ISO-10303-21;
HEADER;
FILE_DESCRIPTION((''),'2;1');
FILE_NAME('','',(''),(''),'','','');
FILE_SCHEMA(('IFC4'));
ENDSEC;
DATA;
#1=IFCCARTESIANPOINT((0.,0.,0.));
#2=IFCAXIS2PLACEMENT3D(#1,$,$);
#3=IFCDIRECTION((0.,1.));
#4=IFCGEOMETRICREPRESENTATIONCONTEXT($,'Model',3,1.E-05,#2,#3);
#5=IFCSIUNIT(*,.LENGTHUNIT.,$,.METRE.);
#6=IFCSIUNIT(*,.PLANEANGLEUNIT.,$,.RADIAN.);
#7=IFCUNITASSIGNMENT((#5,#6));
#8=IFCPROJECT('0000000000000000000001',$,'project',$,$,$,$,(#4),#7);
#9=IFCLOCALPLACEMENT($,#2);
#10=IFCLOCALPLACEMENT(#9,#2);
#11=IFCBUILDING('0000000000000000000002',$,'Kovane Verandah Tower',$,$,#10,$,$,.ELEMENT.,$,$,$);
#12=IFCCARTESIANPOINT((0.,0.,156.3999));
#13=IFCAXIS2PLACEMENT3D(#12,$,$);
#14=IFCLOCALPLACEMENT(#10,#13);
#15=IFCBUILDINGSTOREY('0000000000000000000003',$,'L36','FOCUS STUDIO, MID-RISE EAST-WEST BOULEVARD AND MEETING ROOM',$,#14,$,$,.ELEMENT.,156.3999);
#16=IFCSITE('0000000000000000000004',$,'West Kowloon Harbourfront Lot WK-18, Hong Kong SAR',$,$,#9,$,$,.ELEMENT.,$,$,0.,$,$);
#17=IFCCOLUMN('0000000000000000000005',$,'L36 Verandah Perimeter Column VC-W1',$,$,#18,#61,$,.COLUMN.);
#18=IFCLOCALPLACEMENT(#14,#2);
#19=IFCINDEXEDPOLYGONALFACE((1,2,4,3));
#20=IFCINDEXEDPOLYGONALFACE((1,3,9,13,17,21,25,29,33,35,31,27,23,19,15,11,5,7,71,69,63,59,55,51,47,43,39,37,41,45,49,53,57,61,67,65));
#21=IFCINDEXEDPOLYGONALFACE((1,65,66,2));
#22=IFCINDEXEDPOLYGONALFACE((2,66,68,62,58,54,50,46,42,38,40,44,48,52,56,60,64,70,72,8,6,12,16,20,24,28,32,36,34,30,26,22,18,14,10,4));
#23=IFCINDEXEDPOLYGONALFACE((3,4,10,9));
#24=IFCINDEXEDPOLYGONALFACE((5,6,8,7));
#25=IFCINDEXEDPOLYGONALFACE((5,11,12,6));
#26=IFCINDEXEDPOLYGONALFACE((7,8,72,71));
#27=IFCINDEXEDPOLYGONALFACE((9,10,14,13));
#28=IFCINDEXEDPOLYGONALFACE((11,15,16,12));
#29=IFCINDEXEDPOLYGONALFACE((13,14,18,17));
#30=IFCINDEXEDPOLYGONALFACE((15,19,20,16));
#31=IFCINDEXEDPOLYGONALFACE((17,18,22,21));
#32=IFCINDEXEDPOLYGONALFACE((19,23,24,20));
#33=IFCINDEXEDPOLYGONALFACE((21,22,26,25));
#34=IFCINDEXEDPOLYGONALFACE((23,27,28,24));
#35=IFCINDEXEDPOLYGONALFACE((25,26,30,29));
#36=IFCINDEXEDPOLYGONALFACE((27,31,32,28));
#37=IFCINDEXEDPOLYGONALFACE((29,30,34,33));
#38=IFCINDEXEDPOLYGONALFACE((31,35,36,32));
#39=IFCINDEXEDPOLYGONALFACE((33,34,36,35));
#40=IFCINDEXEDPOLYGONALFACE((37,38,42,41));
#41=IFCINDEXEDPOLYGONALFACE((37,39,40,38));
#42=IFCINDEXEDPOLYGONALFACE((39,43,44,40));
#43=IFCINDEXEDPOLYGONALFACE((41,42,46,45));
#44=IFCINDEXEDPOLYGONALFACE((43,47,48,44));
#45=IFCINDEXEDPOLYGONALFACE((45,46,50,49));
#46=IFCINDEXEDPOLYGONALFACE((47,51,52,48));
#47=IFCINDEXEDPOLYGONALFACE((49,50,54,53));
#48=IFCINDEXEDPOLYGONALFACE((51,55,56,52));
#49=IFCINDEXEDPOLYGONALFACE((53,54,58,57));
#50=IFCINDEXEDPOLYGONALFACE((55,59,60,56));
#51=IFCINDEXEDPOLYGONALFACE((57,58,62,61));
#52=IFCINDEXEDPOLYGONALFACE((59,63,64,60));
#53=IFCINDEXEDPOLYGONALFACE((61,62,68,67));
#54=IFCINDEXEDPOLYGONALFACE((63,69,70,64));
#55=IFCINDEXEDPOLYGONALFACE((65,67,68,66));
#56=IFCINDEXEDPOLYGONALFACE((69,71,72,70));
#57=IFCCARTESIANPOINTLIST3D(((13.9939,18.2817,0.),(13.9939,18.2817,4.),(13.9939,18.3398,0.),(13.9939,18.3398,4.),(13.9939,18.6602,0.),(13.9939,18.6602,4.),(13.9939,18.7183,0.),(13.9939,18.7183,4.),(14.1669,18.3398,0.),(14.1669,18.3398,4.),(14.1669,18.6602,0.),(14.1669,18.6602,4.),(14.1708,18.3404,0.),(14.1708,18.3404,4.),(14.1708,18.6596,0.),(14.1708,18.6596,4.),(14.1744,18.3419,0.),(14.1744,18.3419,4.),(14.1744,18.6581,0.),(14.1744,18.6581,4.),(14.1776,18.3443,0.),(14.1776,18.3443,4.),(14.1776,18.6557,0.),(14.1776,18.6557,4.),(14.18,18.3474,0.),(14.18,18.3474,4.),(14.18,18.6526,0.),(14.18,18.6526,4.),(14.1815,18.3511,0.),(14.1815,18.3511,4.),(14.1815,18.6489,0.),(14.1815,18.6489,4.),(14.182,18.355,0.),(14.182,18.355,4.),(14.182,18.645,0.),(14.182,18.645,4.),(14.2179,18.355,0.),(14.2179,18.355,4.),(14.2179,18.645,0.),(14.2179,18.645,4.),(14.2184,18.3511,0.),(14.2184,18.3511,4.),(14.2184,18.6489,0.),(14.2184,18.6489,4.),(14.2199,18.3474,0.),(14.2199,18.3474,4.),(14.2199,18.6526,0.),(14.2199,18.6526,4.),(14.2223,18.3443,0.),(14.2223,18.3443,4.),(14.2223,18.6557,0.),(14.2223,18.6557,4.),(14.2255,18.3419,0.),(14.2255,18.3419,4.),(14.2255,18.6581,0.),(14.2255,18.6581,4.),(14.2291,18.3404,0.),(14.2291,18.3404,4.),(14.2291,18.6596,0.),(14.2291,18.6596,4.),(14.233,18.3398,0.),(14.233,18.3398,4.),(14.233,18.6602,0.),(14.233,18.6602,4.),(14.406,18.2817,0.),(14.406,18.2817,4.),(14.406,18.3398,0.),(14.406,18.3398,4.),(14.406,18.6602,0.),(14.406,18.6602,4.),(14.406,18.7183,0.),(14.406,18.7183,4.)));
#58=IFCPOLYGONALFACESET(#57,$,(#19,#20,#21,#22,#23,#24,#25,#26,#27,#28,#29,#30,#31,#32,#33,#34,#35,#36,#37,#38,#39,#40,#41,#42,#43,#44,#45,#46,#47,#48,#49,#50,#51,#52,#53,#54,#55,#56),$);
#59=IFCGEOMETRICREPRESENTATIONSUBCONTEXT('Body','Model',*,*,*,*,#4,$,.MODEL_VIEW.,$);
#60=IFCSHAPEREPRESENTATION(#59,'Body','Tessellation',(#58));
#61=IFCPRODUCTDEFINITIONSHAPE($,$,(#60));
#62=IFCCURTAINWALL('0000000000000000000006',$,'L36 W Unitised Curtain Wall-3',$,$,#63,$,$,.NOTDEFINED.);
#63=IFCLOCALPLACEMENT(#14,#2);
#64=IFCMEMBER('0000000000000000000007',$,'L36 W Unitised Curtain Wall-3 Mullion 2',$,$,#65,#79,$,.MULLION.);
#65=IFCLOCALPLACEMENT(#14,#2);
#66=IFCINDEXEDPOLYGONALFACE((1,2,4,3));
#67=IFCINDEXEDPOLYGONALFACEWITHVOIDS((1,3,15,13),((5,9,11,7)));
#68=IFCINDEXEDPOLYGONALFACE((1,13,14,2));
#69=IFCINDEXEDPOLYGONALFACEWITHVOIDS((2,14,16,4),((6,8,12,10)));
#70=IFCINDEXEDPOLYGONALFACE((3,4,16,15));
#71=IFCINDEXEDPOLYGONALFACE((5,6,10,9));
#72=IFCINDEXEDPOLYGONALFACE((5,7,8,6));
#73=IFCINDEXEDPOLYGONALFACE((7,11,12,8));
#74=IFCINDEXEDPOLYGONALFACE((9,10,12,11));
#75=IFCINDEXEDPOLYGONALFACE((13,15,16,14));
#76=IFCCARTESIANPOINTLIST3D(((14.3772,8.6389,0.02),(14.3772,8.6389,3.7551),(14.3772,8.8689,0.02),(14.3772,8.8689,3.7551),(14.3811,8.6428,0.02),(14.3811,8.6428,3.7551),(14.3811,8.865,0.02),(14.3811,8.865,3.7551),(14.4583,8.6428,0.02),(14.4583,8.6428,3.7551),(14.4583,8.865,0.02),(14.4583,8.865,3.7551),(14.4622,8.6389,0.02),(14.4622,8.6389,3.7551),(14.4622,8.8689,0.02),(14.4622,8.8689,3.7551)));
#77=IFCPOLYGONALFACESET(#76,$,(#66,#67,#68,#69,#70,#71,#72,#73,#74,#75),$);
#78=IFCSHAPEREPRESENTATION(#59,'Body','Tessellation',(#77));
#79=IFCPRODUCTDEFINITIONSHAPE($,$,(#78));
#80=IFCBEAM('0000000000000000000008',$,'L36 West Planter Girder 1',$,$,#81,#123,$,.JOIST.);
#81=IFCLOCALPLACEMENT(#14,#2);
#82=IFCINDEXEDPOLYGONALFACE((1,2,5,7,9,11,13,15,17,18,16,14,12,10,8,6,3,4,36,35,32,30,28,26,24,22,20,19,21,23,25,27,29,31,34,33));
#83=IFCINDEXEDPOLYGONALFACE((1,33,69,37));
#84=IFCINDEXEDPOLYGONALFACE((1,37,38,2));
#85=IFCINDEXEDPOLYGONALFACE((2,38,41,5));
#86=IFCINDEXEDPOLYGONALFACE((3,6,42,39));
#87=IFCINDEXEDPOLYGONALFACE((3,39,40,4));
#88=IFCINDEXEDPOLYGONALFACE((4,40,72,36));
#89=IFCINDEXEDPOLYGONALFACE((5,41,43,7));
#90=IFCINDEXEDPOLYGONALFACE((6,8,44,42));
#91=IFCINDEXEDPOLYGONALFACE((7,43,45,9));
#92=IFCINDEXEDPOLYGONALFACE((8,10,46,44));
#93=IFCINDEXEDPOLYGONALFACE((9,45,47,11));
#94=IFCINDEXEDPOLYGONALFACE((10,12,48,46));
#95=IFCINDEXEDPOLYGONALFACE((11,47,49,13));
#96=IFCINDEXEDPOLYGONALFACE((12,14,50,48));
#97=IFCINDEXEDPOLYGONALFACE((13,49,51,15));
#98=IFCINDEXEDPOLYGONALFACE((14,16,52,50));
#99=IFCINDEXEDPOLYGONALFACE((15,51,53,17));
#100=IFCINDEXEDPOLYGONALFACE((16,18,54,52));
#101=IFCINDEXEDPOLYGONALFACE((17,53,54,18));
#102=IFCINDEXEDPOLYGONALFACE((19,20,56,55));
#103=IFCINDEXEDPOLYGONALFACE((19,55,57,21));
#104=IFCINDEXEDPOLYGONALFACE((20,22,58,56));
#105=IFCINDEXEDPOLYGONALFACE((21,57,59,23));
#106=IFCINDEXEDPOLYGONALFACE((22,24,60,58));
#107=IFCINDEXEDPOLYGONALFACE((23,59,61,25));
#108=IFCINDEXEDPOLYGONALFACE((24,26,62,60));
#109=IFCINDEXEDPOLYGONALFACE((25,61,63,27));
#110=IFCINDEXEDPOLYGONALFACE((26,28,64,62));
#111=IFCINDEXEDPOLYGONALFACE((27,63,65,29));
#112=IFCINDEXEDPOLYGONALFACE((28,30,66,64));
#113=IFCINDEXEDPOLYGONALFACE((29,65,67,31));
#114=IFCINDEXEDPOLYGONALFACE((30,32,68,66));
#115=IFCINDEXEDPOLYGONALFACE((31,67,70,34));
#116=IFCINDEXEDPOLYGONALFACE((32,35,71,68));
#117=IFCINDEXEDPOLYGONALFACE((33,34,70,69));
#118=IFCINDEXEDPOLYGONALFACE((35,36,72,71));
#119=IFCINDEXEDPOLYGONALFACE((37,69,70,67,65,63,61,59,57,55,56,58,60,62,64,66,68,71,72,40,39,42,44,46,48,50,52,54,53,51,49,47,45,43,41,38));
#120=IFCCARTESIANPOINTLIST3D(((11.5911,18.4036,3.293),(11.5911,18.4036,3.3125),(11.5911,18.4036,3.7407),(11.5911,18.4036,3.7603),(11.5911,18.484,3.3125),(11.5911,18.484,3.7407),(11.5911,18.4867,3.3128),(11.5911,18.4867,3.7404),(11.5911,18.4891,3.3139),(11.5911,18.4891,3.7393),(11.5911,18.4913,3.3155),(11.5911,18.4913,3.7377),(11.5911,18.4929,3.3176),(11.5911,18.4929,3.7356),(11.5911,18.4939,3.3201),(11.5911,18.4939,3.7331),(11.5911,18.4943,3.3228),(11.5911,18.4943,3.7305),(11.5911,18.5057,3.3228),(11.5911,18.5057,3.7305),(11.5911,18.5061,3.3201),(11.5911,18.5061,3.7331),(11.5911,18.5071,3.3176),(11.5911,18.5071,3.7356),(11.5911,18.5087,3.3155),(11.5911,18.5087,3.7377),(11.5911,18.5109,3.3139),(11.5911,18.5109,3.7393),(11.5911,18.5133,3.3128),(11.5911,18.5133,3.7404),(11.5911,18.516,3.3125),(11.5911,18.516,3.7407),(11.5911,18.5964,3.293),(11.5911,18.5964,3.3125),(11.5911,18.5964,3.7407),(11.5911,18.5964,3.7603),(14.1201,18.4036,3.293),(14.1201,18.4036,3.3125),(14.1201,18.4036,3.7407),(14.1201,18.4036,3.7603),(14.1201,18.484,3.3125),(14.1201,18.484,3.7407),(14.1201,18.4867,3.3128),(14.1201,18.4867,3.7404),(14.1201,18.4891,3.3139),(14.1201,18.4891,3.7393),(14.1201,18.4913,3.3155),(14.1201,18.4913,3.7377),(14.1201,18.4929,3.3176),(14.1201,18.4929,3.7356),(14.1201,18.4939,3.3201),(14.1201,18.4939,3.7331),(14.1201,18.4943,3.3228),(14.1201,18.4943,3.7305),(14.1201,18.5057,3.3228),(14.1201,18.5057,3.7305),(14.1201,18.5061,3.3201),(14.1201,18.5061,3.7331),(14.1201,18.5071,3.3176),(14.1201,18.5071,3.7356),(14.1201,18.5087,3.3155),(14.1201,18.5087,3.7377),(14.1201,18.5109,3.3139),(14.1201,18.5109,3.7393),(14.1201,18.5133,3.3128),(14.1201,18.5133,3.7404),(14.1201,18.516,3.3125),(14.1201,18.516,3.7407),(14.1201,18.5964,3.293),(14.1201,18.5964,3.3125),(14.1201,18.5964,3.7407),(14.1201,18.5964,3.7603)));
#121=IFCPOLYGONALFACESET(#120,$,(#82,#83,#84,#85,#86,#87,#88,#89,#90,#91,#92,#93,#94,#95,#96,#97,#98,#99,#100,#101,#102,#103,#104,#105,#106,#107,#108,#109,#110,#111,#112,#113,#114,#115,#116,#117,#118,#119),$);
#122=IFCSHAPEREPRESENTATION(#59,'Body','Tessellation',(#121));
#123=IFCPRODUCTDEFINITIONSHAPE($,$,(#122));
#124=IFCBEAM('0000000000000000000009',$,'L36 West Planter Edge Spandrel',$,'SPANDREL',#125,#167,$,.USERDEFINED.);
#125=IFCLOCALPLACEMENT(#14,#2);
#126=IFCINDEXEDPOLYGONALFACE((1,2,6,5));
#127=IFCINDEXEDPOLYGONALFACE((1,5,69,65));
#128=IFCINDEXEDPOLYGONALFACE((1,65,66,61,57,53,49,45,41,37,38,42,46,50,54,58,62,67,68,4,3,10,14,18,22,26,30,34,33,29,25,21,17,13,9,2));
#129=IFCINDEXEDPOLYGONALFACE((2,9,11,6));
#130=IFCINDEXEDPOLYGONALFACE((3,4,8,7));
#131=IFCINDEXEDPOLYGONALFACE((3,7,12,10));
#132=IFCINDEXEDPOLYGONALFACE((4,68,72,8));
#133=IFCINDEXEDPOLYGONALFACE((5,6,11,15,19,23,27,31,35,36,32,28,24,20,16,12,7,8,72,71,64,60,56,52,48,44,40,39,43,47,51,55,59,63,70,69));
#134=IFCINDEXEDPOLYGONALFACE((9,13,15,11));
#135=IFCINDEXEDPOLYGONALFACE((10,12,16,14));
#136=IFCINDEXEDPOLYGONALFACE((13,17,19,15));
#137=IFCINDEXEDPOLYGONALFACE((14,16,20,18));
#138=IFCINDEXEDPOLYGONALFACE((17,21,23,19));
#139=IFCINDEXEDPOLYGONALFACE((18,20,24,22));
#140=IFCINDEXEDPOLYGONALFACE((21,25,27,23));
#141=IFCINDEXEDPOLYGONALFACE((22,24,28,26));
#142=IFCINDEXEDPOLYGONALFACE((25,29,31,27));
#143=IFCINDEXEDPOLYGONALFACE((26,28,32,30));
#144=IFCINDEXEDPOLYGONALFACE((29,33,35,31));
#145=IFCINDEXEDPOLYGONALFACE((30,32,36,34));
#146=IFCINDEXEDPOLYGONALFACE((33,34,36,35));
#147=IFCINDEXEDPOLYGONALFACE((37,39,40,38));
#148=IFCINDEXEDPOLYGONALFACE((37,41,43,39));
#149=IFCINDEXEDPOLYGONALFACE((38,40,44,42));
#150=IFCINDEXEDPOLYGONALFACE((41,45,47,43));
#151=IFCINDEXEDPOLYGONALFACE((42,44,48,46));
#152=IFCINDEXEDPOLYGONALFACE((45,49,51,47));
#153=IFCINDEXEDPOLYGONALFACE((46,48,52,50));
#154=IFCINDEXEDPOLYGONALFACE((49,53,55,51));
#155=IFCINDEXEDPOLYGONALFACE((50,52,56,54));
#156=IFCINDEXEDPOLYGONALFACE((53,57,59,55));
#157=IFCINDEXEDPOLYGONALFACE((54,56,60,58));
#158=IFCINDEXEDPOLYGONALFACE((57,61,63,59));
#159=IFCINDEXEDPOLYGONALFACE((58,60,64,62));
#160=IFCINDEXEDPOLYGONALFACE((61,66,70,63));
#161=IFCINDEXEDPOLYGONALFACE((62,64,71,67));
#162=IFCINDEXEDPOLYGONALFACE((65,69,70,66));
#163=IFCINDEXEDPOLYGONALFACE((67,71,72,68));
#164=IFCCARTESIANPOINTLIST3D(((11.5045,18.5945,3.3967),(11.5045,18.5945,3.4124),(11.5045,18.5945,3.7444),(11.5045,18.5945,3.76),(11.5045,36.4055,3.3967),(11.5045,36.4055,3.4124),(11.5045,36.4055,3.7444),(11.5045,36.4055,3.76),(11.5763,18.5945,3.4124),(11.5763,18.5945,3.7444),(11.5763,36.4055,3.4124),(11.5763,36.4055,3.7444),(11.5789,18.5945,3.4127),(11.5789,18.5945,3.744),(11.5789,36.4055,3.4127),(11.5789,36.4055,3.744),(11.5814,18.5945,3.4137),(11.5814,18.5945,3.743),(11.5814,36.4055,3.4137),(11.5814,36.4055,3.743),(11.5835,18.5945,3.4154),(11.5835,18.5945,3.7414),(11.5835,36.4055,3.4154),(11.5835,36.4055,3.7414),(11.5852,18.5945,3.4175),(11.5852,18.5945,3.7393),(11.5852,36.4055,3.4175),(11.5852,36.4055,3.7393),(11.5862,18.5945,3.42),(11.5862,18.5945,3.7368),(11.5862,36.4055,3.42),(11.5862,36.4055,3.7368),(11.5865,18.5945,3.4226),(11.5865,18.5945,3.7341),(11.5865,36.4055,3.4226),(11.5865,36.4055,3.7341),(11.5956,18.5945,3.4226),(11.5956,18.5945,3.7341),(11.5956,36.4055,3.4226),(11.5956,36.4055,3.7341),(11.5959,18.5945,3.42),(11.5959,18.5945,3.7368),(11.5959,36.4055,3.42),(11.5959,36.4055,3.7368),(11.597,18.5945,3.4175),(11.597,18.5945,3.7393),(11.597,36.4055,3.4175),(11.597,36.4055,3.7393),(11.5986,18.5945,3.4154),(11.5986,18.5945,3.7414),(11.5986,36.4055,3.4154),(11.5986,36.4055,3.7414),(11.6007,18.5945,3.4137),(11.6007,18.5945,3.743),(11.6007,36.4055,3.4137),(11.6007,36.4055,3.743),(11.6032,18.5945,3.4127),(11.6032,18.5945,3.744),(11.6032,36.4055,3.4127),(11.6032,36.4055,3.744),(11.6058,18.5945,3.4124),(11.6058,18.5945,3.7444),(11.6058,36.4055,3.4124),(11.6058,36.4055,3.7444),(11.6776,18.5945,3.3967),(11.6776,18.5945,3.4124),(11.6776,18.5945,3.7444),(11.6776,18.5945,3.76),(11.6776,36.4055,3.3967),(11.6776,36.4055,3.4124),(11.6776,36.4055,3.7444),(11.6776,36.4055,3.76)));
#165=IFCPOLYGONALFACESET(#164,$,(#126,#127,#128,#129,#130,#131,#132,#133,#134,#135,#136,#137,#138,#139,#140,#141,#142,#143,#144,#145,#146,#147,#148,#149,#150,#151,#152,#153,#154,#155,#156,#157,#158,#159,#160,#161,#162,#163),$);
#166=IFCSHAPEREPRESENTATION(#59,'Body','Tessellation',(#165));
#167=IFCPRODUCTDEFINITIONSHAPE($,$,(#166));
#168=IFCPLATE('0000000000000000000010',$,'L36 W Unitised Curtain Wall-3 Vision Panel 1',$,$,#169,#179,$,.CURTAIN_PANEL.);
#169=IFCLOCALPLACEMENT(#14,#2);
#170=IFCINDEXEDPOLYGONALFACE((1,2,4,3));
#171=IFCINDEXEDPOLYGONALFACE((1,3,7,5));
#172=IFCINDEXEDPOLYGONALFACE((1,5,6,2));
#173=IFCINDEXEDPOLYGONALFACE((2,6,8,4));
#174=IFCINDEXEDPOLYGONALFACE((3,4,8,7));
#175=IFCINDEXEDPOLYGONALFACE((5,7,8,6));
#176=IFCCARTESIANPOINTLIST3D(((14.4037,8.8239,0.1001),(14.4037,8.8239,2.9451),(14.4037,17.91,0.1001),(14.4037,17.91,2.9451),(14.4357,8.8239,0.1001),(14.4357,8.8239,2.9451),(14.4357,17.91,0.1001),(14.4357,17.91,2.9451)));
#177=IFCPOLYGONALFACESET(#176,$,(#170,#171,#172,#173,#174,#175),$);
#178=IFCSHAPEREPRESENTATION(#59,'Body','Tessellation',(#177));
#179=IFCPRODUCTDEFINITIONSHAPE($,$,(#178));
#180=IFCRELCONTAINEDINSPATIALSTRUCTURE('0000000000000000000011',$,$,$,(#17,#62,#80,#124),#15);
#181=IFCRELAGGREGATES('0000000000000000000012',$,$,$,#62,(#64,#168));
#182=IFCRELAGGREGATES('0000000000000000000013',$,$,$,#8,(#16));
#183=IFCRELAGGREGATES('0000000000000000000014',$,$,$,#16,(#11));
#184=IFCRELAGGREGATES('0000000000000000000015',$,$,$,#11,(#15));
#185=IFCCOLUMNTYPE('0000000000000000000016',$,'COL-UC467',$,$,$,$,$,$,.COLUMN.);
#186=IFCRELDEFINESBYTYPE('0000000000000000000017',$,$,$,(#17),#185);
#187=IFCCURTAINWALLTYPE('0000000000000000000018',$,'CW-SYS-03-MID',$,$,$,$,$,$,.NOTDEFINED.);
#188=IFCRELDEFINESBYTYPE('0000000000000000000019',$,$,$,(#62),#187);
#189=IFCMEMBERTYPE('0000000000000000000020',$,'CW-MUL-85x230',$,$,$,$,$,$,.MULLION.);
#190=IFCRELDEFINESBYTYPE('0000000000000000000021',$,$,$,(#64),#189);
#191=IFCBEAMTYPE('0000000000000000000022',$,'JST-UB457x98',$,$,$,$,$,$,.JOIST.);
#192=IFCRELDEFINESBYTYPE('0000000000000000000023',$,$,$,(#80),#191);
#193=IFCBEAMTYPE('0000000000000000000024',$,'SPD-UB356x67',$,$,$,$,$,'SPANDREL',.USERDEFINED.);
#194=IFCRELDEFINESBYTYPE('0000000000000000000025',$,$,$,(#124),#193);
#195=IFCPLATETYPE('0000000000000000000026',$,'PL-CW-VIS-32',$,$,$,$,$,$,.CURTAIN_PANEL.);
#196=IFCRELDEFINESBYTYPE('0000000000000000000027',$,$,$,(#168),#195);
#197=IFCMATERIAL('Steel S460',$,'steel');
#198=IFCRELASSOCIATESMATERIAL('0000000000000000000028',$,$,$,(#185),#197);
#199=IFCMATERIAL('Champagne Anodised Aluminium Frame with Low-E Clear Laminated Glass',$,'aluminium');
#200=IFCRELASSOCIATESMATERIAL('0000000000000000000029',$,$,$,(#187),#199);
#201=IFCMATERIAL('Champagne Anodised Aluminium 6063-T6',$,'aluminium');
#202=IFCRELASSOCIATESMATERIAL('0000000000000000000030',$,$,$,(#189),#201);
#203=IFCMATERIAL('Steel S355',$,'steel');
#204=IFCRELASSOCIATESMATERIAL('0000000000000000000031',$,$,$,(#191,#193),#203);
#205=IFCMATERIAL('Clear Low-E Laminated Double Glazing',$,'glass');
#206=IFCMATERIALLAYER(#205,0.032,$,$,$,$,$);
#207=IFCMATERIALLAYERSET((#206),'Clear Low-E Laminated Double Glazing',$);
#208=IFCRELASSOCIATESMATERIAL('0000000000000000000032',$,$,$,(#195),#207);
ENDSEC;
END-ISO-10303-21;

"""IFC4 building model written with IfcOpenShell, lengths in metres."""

from ifc_helpers import new_model, si_unit, direction, frame, origin, origin_2d, place, context, subcontext, project, spatial, rectangle, hollow_rectangle, i_section, extrude, material, layer, layer_set, material_profile, profile_set, type_object, element, aggregate, save


model = new_model("IFC4")

# Units and contexts
model_context = context("Model", 3, precision=1e-05, world=origin(), true_north=direction((0.0, 1.0)))
body_context = subcontext(model_context, "Body", "Model", "MODEL_VIEW")
ifc_project = project(units=[si_unit("LENGTHUNIT", "METRE"), si_unit("PLANEANGLEUNIT", "RADIAN")], contexts=[model_context])

# Site, building, storey
site_placement = place(None, origin())
site = spatial("IfcSite", under=ifc_project, at=site_placement, Name="West Kowloon Harbourfront Lot WK-18, Hong Kong SAR", CompositionType="ELEMENT", RefElevation=0.0)
building_placement = place(site_placement, origin())
building = spatial("IfcBuilding", under=site, at=building_placement, Name="Kovane Verandah Tower", CompositionType="ELEMENT")
storey_placement = place(building_placement, frame((0.0, 0.0, 156.3999)))
storey = spatial("IfcBuildingStorey", under=building, at=storey_placement, Name="L36", Description="FOCUS STUDIO, MID-RISE EAST-WEST BOULEVARD AND MEETING ROOM", CompositionType="ELEMENT", Elevation=156.3999)

# Column
ifc_material_1 = material(Name="Steel S460", Category="steel")
ifc_material_profile_1 = material_profile(ifc_material_1, i_section(OverallWidth=0.4121, OverallDepth=0.4365, WebThickness=0.0359, FlangeThickness=0.0581, FilletRadius=0.0151, at=origin_2d()), Name="UC356x406x467")
ifc_profile_set_1 = profile_set([ifc_material_profile_1], Name="Steel S460")
column_type = type_object("IfcColumnType", Name="COL-UC467", PredefinedType="COLUMN", material=ifc_profile_set_1)
column_placement = place(storey_placement, frame((14.2, 18.5, 0.0), z_axis=(0.0, 0.0, 1.0), x_axis=(1.0, 0.0, 0.0)))
element("IfcColumn", 1, at=column_placement, inside=storey, type_object=column_type, Name="L36 Verandah Perimeter Column VC-W1", PredefinedType="COLUMN", context=body_context, shape_type="SweptSolid", body=[
    extrude(i_section(OverallWidth=0.4121, OverallDepth=0.4365, WebThickness=0.0359, FlangeThickness=0.0581, FilletRadius=0.0151, at=origin_2d()), origin(), (0.0, 0.0, 1.0), 4.0),
])

# Curtain wall, member
ifc_material_2 = material(Name="Champagne Anodised Aluminium Frame with Low-E Clear Laminated Glass", Category="aluminium")
curtain_wall_type = type_object("IfcCurtainWallType", Name="CW-SYS-03-MID", PredefinedType="NOTDEFINED", material=ifc_material_2)
curtain_wall_placement = place(storey_placement, origin())
curtain_wall = element("IfcCurtainWall", 2, at=curtain_wall_placement, inside=storey, type_object=curtain_wall_type, Name="L36 W Unitised Curtain Wall-3", PredefinedType="NOTDEFINED")
ifc_material_3 = material(Name="Champagne Anodised Aluminium 6063-T6", Category="aluminium")
ifc_material_profile_2 = material_profile(ifc_material_3, hollow_rectangle(XDim=0.085, YDim=0.23, WallThickness=0.0039, at=origin_2d()), Name="AL85x230x4")
ifc_profile_set_2 = profile_set([ifc_material_profile_2], Name="Champagne Anodised Aluminium 6063-T6")
member_type = type_object("IfcMemberType", Name="CW-MUL-85x230", PredefinedType="MULLION", material=ifc_profile_set_2)
member_placement = place(storey_placement, frame((14.4197, 8.7539, 0.02), z_axis=(0.0, 0.0, 1.0), x_axis=(-1.0, 0.0, 0.0)))
member = element("IfcMember", 3, at=member_placement, type_object=member_type, Name="L36 W Unitised Curtain Wall-3 Mullion 2", PredefinedType="MULLION", context=body_context, shape_type="SweptSolid", body=[
    extrude(hollow_rectangle(XDim=0.085, YDim=0.23, WallThickness=0.0039, at=origin_2d()), origin(), (0.0, 0.0, 1.0), 3.7351),
])

# Beams
ifc_material_4 = material(Name="Steel S355", Category="steel")
ifc_material_profile_3 = material_profile(ifc_material_4, i_section(OverallWidth=0.1929, OverallDepth=0.4673, WebThickness=0.0115, FlangeThickness=0.0195, FilletRadius=0.0103, at=origin_2d()), Name="UB457x191x98")
ifc_profile_set_3 = profile_set([ifc_material_profile_3], Name="Steel S355")
beam_type_1 = type_object("IfcBeamType", Name="JST-UB457x98", PredefinedType="JOIST", material=ifc_profile_set_3)
beam_1_placement = place(storey_placement, frame((14.1201, 18.5, 3.5266), z_axis=(-1.0, 0.0, 0.0), x_axis=(0.0, -1.0, 0.0)))
element("IfcBeam", 4, at=beam_1_placement, inside=storey, type_object=beam_type_1, Name="L36 West Planter Girder 1", PredefinedType="JOIST", context=body_context, shape_type="SweptSolid", body=[
    extrude(i_section(OverallWidth=0.1929, OverallDepth=0.4673, WebThickness=0.0115, FlangeThickness=0.0195, FilletRadius=0.0103, at=origin_2d()), origin(), (0.0, 0.0, 1.0), 2.5291),
])
ifc_material_profile_4 = material_profile(ifc_material_4, i_section(OverallWidth=0.1731, OverallDepth=0.3633, WebThickness=0.009, FlangeThickness=0.0156, FilletRadius=0.0103, at=origin_2d()), Name="UB356x171x67")
ifc_profile_set_4 = profile_set([ifc_material_profile_4], Name="Steel S355")
beam_type_2 = type_object("IfcBeamType", Name="SPD-UB356x67", ElementType="SPANDREL", PredefinedType="USERDEFINED", material=ifc_profile_set_4)
beam_2_placement = place(storey_placement, frame((11.5911, 18.5945, 3.5784), z_axis=(0.0, 1.0, 0.0), x_axis=(-1.0, 0.0, 0.0)))
element("IfcBeam", 5, at=beam_2_placement, inside=storey, type_object=beam_type_2, Name="L36 West Planter Edge Spandrel", ObjectType="SPANDREL", PredefinedType="USERDEFINED", context=body_context, shape_type="SweptSolid", body=[
    extrude(i_section(OverallWidth=0.1731, OverallDepth=0.3633, WebThickness=0.009, FlangeThickness=0.0156, FilletRadius=0.0103, at=origin_2d()), origin(), (0.0, 0.0, 1.0), 17.811),
])

# Plate
ifc_material_5 = material(Name="Clear Low-E Laminated Double Glazing", Category="glass")
ifc_layer_1 = layer(ifc_material_5, 0.032)
ifc_layer_set_1 = layer_set([ifc_layer_1], Name="Clear Low-E Laminated Double Glazing")
plate_type = type_object("IfcPlateType", Name="PL-CW-VIS-32", PredefinedType="CURTAIN_PANEL", material=ifc_layer_set_1)
plate_placement = place(storey_placement, frame((14.4197, 13.3669, 0.1001), z_axis=(0.0, 0.0, 1.0), x_axis=(0.0, -1.0, 0.0)))
plate = element("IfcPlate", 6, at=plate_placement, type_object=plate_type, Name="L36 W Unitised Curtain Wall-3 Vision Panel 1", PredefinedType="CURTAIN_PANEL", context=body_context, shape_type="SweptSolid", body=[
    extrude(rectangle(XDim=9.0862, YDim=0.032, at=origin_2d()), origin(), (0.0, 0.0, 1.0), 2.845),
])
aggregate(curtain_wall, [member, plate])

save(model, "model.ifc")
